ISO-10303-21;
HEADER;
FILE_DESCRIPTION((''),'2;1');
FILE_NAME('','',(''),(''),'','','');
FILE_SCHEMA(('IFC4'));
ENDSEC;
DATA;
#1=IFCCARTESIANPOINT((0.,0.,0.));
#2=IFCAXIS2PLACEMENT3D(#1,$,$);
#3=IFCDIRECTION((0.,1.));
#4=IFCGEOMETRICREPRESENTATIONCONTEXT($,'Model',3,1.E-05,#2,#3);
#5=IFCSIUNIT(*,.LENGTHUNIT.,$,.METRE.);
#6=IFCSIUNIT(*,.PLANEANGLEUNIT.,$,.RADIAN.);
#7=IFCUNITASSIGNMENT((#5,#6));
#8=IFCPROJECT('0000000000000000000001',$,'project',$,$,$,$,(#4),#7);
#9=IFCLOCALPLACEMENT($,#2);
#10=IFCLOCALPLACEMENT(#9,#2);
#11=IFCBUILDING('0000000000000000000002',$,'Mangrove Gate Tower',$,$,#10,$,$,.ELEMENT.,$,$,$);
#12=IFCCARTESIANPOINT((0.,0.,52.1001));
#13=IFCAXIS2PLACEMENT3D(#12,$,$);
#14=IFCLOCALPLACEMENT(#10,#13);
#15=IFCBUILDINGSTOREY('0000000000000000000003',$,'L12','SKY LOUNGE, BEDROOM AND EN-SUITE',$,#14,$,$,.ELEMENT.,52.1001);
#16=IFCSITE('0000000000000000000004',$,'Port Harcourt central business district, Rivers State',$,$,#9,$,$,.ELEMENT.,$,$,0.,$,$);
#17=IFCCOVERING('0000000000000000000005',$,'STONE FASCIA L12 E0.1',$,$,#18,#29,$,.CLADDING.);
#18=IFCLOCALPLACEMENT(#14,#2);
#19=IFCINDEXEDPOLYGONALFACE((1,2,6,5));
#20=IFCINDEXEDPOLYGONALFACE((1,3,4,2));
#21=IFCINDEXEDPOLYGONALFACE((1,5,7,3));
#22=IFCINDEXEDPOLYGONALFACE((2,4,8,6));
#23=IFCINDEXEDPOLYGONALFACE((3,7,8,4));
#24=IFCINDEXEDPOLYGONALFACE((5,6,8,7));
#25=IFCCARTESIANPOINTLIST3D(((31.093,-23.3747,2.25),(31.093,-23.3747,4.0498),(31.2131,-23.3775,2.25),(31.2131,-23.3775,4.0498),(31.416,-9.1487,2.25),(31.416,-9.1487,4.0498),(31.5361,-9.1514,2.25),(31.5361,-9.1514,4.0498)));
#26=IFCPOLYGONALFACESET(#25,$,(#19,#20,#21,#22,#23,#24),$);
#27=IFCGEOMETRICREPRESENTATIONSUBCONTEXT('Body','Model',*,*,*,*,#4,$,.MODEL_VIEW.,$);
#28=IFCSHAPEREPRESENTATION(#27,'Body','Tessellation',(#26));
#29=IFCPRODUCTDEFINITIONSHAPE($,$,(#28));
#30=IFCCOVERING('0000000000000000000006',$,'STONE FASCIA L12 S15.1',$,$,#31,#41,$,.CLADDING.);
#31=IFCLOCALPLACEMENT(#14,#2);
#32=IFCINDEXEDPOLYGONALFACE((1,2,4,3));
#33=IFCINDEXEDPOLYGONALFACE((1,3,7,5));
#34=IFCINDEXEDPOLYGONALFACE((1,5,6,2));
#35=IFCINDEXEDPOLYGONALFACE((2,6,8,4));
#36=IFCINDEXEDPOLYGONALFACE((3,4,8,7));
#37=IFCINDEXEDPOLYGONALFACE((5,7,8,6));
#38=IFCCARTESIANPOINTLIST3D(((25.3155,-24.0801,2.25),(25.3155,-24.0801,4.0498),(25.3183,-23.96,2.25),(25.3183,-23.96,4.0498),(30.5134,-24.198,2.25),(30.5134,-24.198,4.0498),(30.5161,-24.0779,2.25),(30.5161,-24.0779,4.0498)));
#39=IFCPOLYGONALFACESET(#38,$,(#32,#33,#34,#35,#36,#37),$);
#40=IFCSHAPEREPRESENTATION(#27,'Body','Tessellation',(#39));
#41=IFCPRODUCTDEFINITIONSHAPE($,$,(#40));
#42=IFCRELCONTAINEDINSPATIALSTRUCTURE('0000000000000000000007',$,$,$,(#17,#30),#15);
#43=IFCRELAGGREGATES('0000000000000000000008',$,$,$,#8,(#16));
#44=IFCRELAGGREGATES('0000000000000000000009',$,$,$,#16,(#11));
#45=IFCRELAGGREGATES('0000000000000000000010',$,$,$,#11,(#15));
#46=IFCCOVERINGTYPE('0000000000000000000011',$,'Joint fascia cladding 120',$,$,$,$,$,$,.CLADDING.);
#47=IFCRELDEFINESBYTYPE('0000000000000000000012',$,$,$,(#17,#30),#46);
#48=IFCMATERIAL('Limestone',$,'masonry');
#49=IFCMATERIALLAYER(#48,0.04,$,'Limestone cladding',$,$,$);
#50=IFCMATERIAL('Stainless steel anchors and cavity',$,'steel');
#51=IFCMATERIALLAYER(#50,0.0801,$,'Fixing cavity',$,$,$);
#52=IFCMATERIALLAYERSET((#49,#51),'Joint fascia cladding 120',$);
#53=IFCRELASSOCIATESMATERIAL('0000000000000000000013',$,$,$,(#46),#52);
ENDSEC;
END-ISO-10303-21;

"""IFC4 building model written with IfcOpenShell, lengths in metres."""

from ifc_helpers import new_model, si_unit, direction, frame, frame_2d, origin, place, context, subcontext, project, spatial, rectangle, extrude, material, layer, layer_set, type_object, element, save


model = new_model("IFC4")

# Units and contexts
model_context = context("Model", 3, precision=1e-05, world=origin(), true_north=direction((0.0, 1.0)))
body_context = subcontext(model_context, "Body", "Model", "MODEL_VIEW")
ifc_project = project(units=[si_unit("LENGTHUNIT", "METRE"), si_unit("PLANEANGLEUNIT", "RADIAN")], contexts=[model_context])

# Site, building, storey
site_placement = place(None, origin())
site = spatial("IfcSite", under=ifc_project, at=site_placement, Name="Port Harcourt central business district, Rivers State", CompositionType="ELEMENT", RefElevation=0.0)
building_placement = place(site_placement, origin())
building = spatial("IfcBuilding", under=site, at=building_placement, Name="Mangrove Gate Tower", CompositionType="ELEMENT")
storey_placement = place(building_placement, frame((0.0, 0.0, 52.1001)))
storey = spatial("IfcBuildingStorey", under=building, at=storey_placement, Name="L12", Description="SKY LOUNGE, BEDROOM AND EN-SUITE", CompositionType="ELEMENT", Elevation=52.1001)

# Shared definitions
ifc_material_1 = material(Name="Limestone", Category="masonry")

# Coverings
ifc_layer_1 = layer(ifc_material_1, 0.04, Name="Limestone cladding")
ifc_material_2 = material(Name="Stainless steel anchors and cavity", Category="steel")
ifc_layer_2 = layer(ifc_material_2, 0.0801, Name="Fixing cavity")
ifc_layer_set_1 = layer_set([ifc_layer_1, ifc_layer_2], Name="Joint fascia cladding 120")
covering_type = type_object("IfcCoveringType", Name="Joint fascia cladding 120", PredefinedType="CLADDING", material=ifc_layer_set_1)
covering_1_placement = place(storey_placement, frame((31.1531, -23.376, 2.25), z_axis=(0.0, 0.0, 1.0), x_axis=(0.022699, 0.999742, 0.0)))
element("IfcCovering", 1, at=covering_1_placement, inside=storey, type_object=covering_type, Name="STONE FASCIA L12 E0.1", PredefinedType="CLADDING", context=body_context, shape_type="SweptSolid", body=[
    extrude(rectangle(XDim=14.2297, YDim=0.1201, at=frame_2d((7.1147, 0.0))), origin(), (0.0, 0.0, 1.0), 1.7998),
])
covering_2_placement = place(storey_placement, frame((25.3169, -24.02, 2.25), z_axis=(0.0, 0.0, 1.0), x_axis=(0.999743, -0.02268, 0.0)))
element("IfcCovering", 2, at=covering_2_placement, inside=storey, type_object=covering_type, Name="STONE FASCIA L12 S15.1", PredefinedType="CLADDING", context=body_context, shape_type="SweptSolid", body=[
    extrude(rectangle(XDim=5.1992, YDim=0.1201, at=frame_2d((2.5996, 0.0))), origin(), (0.0, 0.0, 1.0), 1.7998),
])

save(model, "model.ifc")
